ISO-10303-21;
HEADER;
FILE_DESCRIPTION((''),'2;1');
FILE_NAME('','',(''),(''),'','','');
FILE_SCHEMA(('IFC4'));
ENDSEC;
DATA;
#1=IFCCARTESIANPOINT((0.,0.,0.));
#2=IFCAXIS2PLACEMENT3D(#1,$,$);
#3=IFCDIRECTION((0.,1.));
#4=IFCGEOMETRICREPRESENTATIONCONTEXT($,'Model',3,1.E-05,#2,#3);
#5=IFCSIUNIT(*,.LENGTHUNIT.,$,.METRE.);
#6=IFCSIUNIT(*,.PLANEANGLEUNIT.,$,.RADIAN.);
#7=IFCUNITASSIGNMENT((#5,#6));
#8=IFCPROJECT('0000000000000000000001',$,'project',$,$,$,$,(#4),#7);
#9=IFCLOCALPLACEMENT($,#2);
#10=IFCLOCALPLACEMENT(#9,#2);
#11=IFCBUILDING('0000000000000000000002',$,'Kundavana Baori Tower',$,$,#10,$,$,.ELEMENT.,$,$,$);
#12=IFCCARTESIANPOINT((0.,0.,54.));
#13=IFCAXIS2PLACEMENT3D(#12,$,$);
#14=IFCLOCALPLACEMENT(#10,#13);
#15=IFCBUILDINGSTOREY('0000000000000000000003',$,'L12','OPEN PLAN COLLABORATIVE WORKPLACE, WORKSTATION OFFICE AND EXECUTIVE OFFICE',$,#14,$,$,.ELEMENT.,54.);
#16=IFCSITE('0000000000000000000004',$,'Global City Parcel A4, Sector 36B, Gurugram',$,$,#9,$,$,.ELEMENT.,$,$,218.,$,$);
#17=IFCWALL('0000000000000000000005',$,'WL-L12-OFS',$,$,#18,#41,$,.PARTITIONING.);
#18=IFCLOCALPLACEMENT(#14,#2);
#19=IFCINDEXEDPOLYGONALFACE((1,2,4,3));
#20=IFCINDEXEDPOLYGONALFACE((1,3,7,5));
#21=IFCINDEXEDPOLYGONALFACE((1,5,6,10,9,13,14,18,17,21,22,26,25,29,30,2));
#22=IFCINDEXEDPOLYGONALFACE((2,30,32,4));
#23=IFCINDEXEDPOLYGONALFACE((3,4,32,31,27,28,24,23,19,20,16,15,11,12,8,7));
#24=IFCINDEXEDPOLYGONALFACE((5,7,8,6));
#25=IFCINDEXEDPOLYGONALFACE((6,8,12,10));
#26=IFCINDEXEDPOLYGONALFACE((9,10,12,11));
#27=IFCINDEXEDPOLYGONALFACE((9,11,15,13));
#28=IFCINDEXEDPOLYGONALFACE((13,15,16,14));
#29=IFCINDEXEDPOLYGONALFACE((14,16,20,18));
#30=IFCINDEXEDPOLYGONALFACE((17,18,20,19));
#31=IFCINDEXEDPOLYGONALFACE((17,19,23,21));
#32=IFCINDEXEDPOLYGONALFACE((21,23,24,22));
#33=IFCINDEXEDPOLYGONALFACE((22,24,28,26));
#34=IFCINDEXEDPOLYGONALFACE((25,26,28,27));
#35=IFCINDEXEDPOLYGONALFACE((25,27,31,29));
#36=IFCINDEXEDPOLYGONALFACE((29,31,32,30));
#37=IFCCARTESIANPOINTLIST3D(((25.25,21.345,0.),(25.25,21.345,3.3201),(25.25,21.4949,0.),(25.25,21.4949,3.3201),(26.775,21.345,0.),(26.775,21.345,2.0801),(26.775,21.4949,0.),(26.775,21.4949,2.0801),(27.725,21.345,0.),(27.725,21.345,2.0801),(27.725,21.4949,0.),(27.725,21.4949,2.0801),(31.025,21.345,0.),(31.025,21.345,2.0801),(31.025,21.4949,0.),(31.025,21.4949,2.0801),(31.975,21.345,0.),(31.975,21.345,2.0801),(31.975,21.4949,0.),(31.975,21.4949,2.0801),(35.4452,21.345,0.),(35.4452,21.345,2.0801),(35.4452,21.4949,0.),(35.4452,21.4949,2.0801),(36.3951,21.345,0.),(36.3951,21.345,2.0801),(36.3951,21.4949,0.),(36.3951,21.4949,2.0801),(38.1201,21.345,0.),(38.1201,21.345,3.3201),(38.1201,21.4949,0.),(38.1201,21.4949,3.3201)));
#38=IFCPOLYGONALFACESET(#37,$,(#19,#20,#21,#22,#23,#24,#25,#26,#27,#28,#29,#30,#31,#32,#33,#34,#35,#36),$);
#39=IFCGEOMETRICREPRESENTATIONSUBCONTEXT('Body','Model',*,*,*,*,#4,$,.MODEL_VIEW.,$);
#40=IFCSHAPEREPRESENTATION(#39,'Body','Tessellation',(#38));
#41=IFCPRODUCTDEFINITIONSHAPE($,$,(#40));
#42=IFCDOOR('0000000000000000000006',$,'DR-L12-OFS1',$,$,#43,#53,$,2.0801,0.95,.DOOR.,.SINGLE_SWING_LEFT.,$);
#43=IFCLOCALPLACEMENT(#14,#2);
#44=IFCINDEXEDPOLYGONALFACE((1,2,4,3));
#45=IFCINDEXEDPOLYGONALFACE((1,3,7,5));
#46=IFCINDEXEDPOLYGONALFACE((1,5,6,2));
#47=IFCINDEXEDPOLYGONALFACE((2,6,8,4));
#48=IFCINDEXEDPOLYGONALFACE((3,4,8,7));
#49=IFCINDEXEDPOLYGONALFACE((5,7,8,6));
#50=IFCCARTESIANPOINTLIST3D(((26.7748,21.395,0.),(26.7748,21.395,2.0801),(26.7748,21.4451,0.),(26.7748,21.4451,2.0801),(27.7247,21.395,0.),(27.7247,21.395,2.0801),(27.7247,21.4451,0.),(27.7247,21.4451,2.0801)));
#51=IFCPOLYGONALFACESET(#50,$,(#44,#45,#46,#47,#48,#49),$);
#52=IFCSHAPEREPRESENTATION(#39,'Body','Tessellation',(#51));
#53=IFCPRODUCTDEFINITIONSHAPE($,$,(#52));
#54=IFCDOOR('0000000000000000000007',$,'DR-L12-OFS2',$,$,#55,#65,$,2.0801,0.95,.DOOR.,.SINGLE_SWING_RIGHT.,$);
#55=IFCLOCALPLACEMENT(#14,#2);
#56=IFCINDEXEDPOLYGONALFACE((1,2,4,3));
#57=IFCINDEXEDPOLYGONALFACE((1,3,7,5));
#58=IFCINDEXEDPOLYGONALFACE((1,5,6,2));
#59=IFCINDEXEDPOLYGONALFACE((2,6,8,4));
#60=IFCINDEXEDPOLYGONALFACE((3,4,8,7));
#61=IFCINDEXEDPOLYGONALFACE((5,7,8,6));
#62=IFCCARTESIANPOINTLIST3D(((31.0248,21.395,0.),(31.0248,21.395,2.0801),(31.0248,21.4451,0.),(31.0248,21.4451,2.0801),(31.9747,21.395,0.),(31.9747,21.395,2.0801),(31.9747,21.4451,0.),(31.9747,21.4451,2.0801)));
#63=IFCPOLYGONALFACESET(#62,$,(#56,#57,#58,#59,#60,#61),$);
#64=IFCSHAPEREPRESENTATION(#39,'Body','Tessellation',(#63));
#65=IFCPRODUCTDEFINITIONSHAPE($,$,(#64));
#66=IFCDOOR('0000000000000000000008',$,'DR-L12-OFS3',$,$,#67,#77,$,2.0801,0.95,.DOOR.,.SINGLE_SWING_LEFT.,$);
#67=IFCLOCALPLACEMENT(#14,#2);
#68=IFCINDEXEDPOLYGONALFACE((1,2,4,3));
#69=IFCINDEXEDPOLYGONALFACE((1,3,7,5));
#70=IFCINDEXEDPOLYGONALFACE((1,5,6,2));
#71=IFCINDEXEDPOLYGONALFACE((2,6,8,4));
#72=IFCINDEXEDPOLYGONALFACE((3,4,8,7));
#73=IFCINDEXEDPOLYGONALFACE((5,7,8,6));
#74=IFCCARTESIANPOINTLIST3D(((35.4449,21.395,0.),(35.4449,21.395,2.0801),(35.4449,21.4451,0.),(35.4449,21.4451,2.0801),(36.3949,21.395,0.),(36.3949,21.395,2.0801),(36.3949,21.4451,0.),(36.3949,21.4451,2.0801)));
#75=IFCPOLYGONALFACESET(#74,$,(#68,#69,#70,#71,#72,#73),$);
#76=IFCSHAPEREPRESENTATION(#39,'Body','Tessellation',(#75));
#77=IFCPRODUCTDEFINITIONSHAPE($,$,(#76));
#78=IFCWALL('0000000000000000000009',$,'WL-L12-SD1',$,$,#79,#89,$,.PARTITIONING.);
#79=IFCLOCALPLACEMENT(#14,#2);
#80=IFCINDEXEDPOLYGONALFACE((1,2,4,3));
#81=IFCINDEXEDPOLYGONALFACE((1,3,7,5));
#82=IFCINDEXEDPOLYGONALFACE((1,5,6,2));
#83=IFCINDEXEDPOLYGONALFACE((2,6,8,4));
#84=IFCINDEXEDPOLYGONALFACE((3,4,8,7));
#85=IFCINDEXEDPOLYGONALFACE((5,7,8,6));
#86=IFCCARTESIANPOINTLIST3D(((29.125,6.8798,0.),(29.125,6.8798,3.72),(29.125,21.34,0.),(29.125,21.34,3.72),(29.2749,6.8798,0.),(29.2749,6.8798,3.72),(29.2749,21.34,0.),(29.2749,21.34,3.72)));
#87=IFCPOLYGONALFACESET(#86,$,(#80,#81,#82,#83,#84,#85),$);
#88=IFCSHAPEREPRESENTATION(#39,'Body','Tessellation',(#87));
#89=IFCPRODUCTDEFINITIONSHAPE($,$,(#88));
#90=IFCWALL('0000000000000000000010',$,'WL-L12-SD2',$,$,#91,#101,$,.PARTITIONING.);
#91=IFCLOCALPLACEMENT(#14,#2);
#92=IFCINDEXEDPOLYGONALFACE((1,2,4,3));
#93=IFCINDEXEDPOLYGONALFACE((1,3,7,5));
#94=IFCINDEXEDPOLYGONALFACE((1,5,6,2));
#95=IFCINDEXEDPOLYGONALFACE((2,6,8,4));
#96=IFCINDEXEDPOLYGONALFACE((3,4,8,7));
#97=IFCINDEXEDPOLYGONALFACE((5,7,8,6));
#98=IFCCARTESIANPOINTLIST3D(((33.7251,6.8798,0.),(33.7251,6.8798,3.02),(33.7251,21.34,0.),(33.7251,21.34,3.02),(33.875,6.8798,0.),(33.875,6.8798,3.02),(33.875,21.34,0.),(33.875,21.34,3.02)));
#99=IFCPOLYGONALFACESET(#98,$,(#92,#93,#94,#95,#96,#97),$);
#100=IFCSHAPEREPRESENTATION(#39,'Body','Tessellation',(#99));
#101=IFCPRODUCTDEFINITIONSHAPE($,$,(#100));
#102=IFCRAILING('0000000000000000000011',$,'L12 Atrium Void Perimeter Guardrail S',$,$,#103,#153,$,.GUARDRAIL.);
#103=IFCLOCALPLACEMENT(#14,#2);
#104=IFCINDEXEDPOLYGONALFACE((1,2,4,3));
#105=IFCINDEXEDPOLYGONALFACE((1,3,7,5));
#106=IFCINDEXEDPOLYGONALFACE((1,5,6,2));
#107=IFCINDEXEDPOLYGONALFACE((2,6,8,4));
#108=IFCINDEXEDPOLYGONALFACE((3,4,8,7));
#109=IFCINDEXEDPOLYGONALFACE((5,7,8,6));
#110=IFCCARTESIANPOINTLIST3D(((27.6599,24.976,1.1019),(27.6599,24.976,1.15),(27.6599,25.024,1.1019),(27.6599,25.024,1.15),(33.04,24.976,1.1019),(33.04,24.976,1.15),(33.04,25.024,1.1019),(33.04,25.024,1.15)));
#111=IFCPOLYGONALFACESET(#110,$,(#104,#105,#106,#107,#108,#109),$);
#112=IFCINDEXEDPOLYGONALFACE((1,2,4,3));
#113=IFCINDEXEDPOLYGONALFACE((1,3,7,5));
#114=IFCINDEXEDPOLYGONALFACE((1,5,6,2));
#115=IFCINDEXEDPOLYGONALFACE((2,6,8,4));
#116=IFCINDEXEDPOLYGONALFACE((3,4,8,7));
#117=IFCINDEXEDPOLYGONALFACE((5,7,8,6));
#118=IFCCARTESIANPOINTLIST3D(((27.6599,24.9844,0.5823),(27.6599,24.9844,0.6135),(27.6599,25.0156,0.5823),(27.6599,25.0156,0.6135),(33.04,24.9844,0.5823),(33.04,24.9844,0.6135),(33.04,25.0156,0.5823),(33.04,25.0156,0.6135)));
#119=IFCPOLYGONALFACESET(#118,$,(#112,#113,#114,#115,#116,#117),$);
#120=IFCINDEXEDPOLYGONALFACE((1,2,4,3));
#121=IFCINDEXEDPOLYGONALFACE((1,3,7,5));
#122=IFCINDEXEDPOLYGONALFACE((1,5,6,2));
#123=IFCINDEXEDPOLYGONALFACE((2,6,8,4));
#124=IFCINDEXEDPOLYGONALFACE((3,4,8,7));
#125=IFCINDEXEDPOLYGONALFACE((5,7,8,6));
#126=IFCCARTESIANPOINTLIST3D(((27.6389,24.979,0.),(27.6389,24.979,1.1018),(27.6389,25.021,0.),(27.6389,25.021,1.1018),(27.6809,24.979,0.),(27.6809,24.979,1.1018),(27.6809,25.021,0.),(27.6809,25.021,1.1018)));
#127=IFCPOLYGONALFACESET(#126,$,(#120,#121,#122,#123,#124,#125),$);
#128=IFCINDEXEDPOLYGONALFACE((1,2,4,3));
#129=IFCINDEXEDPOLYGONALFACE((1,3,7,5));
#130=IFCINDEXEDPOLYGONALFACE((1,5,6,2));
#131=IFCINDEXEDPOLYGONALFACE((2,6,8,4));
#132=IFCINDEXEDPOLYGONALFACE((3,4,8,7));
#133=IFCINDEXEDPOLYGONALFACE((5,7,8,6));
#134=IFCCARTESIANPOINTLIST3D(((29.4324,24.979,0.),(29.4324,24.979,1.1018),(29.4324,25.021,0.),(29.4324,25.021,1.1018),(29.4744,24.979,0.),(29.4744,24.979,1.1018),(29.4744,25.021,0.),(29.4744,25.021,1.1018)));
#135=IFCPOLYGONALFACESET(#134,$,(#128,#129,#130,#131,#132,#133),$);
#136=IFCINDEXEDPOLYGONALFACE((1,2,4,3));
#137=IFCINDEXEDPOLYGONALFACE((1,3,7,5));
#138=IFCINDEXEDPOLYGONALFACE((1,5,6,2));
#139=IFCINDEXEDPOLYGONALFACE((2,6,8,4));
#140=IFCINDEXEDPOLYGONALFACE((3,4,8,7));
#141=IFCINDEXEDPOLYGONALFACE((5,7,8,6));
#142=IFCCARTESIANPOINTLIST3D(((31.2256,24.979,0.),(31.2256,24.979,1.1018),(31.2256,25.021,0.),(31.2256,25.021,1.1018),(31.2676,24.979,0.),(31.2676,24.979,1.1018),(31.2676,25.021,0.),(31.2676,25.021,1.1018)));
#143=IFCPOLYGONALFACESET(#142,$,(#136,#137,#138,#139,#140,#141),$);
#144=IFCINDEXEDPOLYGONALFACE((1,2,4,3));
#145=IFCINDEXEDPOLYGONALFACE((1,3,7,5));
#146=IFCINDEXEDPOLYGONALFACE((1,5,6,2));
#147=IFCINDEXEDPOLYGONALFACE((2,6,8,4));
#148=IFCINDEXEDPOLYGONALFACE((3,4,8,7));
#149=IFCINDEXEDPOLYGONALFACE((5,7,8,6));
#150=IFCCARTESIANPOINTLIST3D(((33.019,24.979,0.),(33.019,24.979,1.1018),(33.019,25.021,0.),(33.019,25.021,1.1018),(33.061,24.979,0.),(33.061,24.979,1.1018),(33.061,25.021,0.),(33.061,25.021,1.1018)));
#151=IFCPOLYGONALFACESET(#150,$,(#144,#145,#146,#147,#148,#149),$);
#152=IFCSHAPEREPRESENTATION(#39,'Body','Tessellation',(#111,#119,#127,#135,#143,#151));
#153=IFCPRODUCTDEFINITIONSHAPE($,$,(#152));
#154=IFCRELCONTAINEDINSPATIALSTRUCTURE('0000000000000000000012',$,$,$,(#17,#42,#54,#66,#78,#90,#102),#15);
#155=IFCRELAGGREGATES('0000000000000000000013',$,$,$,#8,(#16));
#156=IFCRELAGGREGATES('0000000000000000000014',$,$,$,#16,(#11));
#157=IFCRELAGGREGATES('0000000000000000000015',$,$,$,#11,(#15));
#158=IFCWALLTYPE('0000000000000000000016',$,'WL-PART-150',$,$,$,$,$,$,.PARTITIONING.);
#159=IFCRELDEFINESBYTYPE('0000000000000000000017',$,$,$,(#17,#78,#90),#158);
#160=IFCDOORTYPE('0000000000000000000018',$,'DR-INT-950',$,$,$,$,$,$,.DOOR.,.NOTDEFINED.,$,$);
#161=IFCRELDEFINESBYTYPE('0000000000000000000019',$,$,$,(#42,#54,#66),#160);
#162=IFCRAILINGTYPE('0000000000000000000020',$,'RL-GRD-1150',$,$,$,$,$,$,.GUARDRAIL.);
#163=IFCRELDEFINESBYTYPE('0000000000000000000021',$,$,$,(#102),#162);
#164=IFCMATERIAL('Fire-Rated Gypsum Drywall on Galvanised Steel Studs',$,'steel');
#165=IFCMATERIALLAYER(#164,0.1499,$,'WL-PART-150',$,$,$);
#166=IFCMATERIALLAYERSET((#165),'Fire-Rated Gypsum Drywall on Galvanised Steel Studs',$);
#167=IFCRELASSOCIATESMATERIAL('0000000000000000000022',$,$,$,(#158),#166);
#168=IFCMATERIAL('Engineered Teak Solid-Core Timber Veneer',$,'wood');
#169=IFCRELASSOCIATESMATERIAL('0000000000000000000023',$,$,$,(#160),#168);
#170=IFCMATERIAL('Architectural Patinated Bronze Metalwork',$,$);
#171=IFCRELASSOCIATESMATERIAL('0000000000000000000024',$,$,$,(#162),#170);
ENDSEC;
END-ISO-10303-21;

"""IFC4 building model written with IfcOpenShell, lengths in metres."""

from ifc_helpers import new_model, si_unit, direction, frame, frame_2d, origin, origin_2d, place, context, subcontext, project, spatial, rectangle, extrude, material, layer, layer_set, type_object, element, fill, save


model = new_model("IFC4")

# Units and contexts
model_context = context("Model", 3, precision=1e-05, world=origin(), true_north=direction((0.0, 1.0)))
body_context = subcontext(model_context, "Body", "Model", "MODEL_VIEW")
ifc_project = project(units=[si_unit("LENGTHUNIT", "METRE"), si_unit("PLANEANGLEUNIT", "RADIAN")], contexts=[model_context])

# Site, building, storey
site_placement = place(None, origin())
site = spatial("IfcSite", under=ifc_project, at=site_placement, Name="Global City Parcel A4, Sector 36B, Gurugram", CompositionType="ELEMENT", RefElevation=218.0)
building_placement = place(site_placement, origin())
building = spatial("IfcBuilding", under=site, at=building_placement, Name="Kundavana Baori Tower", CompositionType="ELEMENT")
storey_placement = place(building_placement, frame((0.0, 0.0, 54.0)))
storey = spatial("IfcBuildingStorey", under=building, at=storey_placement, Name="L12", Description="OPEN PLAN COLLABORATIVE WORKPLACE, WORKSTATION OFFICE AND EXECUTIVE OFFICE", CompositionType="ELEMENT", Elevation=54.0)

# Wall, openings, doors
ifc_material_1 = material(Name="Fire-Rated Gypsum Drywall on Galvanised Steel Studs", Category="steel")
ifc_layer = layer(ifc_material_1, 0.1499, Name="WL-PART-150")
ifc_layer_set = layer_set([ifc_layer], Name="Fire-Rated Gypsum Drywall on Galvanised Steel Studs")
wall_type = type_object("IfcWallType", Name="WL-PART-150", PredefinedType="PARTITIONING", material=ifc_layer_set)
wall_1_placement = place(storey_placement, frame((25.25, 21.4199, 0.0), z_axis=(0.0, 0.0, 1.0), x_axis=(1.0, 0.0, 0.0)))
wall_1 = element("IfcWall", 1, at=wall_1_placement, inside=storey, type_object=wall_type, Name="WL-L12-OFS", PredefinedType="PARTITIONING", context=body_context, shape_type="SweptSolid", body=[
    extrude(rectangle(XDim=12.8701, YDim=0.1499, at=frame_2d((6.4351, 0.0))), origin(), (0.0, 0.0, 1.0), 3.3201),
])
opening_1_placement = place(wall_1_placement, frame((1.5249, 0.0, 0.0)))
opening_1 = element("IfcOpeningElement", 2, at=opening_1_placement, cuts=wall_1, PredefinedType="OPENING", context=body_context, shape_type="SweptSolid", body=[
    extrude(rectangle(XDim=0.95, YDim=2.0801, at=frame_2d((0.4751, 1.04))), frame((0.0, 0.085, 0.0), z_axis=(0.0, -1.0, 0.0), x_axis=(1.0, 0.0, 0.0)), (0.0, 0.0, 1.0), 0.1699),
])
opening_2_placement = place(wall_1_placement, frame((5.7749, 0.0, 0.0)))
opening_2 = element("IfcOpeningElement", 3, at=opening_2_placement, cuts=wall_1, PredefinedType="OPENING", context=body_context, shape_type="SweptSolid", body=[
    extrude(rectangle(XDim=0.95, YDim=2.0801, at=frame_2d((0.4751, 1.04))), frame((0.0, 0.085, 0.0), z_axis=(0.0, -1.0, 0.0), x_axis=(1.0, 0.0, 0.0)), (0.0, 0.0, 1.0), 0.1699),
])
opening_3_placement = place(wall_1_placement, frame((10.1951, 0.0, 0.0)))
opening_3 = element("IfcOpeningElement", 4, at=opening_3_placement, cuts=wall_1, PredefinedType="OPENING", context=body_context, shape_type="SweptSolid", body=[
    extrude(rectangle(XDim=0.95, YDim=2.0801, at=frame_2d((0.4751, 1.04))), frame((0.0, 0.085, 0.0), z_axis=(0.0, -1.0, 0.0), x_axis=(1.0, 0.0, 0.0)), (0.0, 0.0, 1.0), 0.1699),
])
ifc_material_2 = material(Name="Engineered Teak Solid-Core Timber Veneer", Category="wood")
door_type = type_object("IfcDoorType", Name="DR-INT-950", OperationType="NOTDEFINED", PredefinedType="DOOR", material=ifc_material_2)
door_1_placement = place(opening_1_placement, frame((0.95, 0.0, 0.0), z_axis=(0.0, 0.0, 1.0), x_axis=(-1.0, 0.0, 0.0)))
door_1 = element("IfcDoor", 5, at=door_1_placement, inside=storey, type_object=door_type, Name="DR-L12-OFS1", OperationType="SINGLE_SWING_LEFT", OverallHeight=2.0801, OverallWidth=0.95, PredefinedType="DOOR", context=body_context, shape_type="SweptSolid", body=[
    extrude(rectangle(XDim=0.95, YDim=2.0801, at=frame_2d((0.4751, 1.04))), frame((0.0, 0.0249, 0.0), z_axis=(0.0, -1.0, 0.0), x_axis=(1.0, 0.0, 0.0)), (0.0, 0.0, 1.0), 0.05),
])
fill(opening_1, door_1)
door_2_placement = place(opening_2_placement, frame((0.95, 0.0, 0.0), z_axis=(0.0, 0.0, 1.0), x_axis=(-1.0, 0.0, 0.0)))
door_2 = element("IfcDoor", 6, at=door_2_placement, inside=storey, type_object=door_type, Name="DR-L12-OFS2", OperationType="SINGLE_SWING_RIGHT", OverallHeight=2.0801, OverallWidth=0.95, PredefinedType="DOOR", context=body_context, shape_type="SweptSolid", body=[
    extrude(rectangle(XDim=0.95, YDim=2.0801, at=frame_2d((0.4751, 1.04))), frame((0.0, 0.0249, 0.0), z_axis=(0.0, -1.0, 0.0), x_axis=(1.0, 0.0, 0.0)), (0.0, 0.0, 1.0), 0.05),
])
fill(opening_2, door_2)
door_3_placement = place(opening_3_placement, frame((0.95, 0.0, 0.0), z_axis=(0.0, 0.0, 1.0), x_axis=(-1.0, 0.0, 0.0)))
door_3 = element("IfcDoor", 7, at=door_3_placement, inside=storey, type_object=door_type, Name="DR-L12-OFS3", OperationType="SINGLE_SWING_LEFT", OverallHeight=2.0801, OverallWidth=0.95, PredefinedType="DOOR", context=body_context, shape_type="SweptSolid", body=[
    extrude(rectangle(XDim=0.95, YDim=2.0801, at=frame_2d((0.4751, 1.04))), frame((0.0, 0.0249, 0.0), z_axis=(0.0, -1.0, 0.0), x_axis=(1.0, 0.0, 0.0)), (0.0, 0.0, 1.0), 0.05),
])
fill(opening_3, door_3)

# Walls
wall_2_placement = place(storey_placement, frame((29.2, 6.8799, 0.0), z_axis=(0.0, 0.0, 1.0), x_axis=(0.0, 1.0, 0.0)))
element("IfcWall", 8, at=wall_2_placement, inside=storey, type_object=wall_type, Name="WL-L12-SD1", PredefinedType="PARTITIONING", context=body_context, shape_type="SweptSolid", body=[
    extrude(rectangle(XDim=14.4602, YDim=0.1499, at=frame_2d((7.23, 0.0))), origin(), (0.0, 0.0, 1.0), 3.72),
])
wall_3_placement = place(storey_placement, frame((33.8, 6.8799, 0.0), z_axis=(0.0, 0.0, 1.0), x_axis=(0.0, 1.0, 0.0)))
element("IfcWall", 9, at=wall_3_placement, inside=storey, type_object=wall_type, Name="WL-L12-SD2", PredefinedType="PARTITIONING", context=body_context, shape_type="SweptSolid", body=[
    extrude(rectangle(XDim=14.4602, YDim=0.1499, at=frame_2d((7.23, 0.0))), origin(), (0.0, 0.0, 1.0), 3.02),
])

# Railing
ifc_material_3 = material(Name="Architectural Patinated Bronze Metalwork")
railing_type = type_object("IfcRailingType", Name="RL-GRD-1150", PredefinedType="GUARDRAIL", material=ifc_material_3)
railing_1_placement = place(storey_placement, frame((27.6599, 25.0, 0.0)))
element("IfcRailing", 10, at=railing_1_placement, inside=storey, type_object=railing_type, Name="L12 Atrium Void Perimeter Guardrail S", PredefinedType="GUARDRAIL", context=body_context, shape_type="SweptSolid", body=[
    extrude(rectangle(XDim=0.0481, YDim=0.0481, at=origin_2d()), frame((0.0, 0.0, 1.126), z_axis=(1.0, 0.0, 0.0), x_axis=(0.0, 1.0, 0.0)), (0.0, 0.0, 1.0), 5.3801),
    extrude(rectangle(XDim=0.0312, YDim=0.0312, at=origin_2d()), frame((0.0, 0.0, 0.5979), z_axis=(1.0, 0.0, 0.0), x_axis=(0.0, 1.0, 0.0)), (0.0, 0.0, 1.0), 5.3801),
    extrude(rectangle(XDim=0.042, YDim=0.042, at=origin_2d()), origin(), (0.0, 0.0, 1.0), 1.1018),
    extrude(rectangle(XDim=0.042, YDim=0.042, at=origin_2d()), frame((1.7935, 0.0, 0.0)), (0.0, 0.0, 1.0), 1.1018),
    extrude(rectangle(XDim=0.042, YDim=0.042, at=origin_2d()), frame((3.5867, 0.0, 0.0)), (0.0, 0.0, 1.0), 1.1018),
    extrude(rectangle(XDim=0.042, YDim=0.042, at=origin_2d()), frame((5.3801, 0.0, 0.0)), (0.0, 0.0, 1.0), 1.1018),
])

save(model, "model.ifc")
